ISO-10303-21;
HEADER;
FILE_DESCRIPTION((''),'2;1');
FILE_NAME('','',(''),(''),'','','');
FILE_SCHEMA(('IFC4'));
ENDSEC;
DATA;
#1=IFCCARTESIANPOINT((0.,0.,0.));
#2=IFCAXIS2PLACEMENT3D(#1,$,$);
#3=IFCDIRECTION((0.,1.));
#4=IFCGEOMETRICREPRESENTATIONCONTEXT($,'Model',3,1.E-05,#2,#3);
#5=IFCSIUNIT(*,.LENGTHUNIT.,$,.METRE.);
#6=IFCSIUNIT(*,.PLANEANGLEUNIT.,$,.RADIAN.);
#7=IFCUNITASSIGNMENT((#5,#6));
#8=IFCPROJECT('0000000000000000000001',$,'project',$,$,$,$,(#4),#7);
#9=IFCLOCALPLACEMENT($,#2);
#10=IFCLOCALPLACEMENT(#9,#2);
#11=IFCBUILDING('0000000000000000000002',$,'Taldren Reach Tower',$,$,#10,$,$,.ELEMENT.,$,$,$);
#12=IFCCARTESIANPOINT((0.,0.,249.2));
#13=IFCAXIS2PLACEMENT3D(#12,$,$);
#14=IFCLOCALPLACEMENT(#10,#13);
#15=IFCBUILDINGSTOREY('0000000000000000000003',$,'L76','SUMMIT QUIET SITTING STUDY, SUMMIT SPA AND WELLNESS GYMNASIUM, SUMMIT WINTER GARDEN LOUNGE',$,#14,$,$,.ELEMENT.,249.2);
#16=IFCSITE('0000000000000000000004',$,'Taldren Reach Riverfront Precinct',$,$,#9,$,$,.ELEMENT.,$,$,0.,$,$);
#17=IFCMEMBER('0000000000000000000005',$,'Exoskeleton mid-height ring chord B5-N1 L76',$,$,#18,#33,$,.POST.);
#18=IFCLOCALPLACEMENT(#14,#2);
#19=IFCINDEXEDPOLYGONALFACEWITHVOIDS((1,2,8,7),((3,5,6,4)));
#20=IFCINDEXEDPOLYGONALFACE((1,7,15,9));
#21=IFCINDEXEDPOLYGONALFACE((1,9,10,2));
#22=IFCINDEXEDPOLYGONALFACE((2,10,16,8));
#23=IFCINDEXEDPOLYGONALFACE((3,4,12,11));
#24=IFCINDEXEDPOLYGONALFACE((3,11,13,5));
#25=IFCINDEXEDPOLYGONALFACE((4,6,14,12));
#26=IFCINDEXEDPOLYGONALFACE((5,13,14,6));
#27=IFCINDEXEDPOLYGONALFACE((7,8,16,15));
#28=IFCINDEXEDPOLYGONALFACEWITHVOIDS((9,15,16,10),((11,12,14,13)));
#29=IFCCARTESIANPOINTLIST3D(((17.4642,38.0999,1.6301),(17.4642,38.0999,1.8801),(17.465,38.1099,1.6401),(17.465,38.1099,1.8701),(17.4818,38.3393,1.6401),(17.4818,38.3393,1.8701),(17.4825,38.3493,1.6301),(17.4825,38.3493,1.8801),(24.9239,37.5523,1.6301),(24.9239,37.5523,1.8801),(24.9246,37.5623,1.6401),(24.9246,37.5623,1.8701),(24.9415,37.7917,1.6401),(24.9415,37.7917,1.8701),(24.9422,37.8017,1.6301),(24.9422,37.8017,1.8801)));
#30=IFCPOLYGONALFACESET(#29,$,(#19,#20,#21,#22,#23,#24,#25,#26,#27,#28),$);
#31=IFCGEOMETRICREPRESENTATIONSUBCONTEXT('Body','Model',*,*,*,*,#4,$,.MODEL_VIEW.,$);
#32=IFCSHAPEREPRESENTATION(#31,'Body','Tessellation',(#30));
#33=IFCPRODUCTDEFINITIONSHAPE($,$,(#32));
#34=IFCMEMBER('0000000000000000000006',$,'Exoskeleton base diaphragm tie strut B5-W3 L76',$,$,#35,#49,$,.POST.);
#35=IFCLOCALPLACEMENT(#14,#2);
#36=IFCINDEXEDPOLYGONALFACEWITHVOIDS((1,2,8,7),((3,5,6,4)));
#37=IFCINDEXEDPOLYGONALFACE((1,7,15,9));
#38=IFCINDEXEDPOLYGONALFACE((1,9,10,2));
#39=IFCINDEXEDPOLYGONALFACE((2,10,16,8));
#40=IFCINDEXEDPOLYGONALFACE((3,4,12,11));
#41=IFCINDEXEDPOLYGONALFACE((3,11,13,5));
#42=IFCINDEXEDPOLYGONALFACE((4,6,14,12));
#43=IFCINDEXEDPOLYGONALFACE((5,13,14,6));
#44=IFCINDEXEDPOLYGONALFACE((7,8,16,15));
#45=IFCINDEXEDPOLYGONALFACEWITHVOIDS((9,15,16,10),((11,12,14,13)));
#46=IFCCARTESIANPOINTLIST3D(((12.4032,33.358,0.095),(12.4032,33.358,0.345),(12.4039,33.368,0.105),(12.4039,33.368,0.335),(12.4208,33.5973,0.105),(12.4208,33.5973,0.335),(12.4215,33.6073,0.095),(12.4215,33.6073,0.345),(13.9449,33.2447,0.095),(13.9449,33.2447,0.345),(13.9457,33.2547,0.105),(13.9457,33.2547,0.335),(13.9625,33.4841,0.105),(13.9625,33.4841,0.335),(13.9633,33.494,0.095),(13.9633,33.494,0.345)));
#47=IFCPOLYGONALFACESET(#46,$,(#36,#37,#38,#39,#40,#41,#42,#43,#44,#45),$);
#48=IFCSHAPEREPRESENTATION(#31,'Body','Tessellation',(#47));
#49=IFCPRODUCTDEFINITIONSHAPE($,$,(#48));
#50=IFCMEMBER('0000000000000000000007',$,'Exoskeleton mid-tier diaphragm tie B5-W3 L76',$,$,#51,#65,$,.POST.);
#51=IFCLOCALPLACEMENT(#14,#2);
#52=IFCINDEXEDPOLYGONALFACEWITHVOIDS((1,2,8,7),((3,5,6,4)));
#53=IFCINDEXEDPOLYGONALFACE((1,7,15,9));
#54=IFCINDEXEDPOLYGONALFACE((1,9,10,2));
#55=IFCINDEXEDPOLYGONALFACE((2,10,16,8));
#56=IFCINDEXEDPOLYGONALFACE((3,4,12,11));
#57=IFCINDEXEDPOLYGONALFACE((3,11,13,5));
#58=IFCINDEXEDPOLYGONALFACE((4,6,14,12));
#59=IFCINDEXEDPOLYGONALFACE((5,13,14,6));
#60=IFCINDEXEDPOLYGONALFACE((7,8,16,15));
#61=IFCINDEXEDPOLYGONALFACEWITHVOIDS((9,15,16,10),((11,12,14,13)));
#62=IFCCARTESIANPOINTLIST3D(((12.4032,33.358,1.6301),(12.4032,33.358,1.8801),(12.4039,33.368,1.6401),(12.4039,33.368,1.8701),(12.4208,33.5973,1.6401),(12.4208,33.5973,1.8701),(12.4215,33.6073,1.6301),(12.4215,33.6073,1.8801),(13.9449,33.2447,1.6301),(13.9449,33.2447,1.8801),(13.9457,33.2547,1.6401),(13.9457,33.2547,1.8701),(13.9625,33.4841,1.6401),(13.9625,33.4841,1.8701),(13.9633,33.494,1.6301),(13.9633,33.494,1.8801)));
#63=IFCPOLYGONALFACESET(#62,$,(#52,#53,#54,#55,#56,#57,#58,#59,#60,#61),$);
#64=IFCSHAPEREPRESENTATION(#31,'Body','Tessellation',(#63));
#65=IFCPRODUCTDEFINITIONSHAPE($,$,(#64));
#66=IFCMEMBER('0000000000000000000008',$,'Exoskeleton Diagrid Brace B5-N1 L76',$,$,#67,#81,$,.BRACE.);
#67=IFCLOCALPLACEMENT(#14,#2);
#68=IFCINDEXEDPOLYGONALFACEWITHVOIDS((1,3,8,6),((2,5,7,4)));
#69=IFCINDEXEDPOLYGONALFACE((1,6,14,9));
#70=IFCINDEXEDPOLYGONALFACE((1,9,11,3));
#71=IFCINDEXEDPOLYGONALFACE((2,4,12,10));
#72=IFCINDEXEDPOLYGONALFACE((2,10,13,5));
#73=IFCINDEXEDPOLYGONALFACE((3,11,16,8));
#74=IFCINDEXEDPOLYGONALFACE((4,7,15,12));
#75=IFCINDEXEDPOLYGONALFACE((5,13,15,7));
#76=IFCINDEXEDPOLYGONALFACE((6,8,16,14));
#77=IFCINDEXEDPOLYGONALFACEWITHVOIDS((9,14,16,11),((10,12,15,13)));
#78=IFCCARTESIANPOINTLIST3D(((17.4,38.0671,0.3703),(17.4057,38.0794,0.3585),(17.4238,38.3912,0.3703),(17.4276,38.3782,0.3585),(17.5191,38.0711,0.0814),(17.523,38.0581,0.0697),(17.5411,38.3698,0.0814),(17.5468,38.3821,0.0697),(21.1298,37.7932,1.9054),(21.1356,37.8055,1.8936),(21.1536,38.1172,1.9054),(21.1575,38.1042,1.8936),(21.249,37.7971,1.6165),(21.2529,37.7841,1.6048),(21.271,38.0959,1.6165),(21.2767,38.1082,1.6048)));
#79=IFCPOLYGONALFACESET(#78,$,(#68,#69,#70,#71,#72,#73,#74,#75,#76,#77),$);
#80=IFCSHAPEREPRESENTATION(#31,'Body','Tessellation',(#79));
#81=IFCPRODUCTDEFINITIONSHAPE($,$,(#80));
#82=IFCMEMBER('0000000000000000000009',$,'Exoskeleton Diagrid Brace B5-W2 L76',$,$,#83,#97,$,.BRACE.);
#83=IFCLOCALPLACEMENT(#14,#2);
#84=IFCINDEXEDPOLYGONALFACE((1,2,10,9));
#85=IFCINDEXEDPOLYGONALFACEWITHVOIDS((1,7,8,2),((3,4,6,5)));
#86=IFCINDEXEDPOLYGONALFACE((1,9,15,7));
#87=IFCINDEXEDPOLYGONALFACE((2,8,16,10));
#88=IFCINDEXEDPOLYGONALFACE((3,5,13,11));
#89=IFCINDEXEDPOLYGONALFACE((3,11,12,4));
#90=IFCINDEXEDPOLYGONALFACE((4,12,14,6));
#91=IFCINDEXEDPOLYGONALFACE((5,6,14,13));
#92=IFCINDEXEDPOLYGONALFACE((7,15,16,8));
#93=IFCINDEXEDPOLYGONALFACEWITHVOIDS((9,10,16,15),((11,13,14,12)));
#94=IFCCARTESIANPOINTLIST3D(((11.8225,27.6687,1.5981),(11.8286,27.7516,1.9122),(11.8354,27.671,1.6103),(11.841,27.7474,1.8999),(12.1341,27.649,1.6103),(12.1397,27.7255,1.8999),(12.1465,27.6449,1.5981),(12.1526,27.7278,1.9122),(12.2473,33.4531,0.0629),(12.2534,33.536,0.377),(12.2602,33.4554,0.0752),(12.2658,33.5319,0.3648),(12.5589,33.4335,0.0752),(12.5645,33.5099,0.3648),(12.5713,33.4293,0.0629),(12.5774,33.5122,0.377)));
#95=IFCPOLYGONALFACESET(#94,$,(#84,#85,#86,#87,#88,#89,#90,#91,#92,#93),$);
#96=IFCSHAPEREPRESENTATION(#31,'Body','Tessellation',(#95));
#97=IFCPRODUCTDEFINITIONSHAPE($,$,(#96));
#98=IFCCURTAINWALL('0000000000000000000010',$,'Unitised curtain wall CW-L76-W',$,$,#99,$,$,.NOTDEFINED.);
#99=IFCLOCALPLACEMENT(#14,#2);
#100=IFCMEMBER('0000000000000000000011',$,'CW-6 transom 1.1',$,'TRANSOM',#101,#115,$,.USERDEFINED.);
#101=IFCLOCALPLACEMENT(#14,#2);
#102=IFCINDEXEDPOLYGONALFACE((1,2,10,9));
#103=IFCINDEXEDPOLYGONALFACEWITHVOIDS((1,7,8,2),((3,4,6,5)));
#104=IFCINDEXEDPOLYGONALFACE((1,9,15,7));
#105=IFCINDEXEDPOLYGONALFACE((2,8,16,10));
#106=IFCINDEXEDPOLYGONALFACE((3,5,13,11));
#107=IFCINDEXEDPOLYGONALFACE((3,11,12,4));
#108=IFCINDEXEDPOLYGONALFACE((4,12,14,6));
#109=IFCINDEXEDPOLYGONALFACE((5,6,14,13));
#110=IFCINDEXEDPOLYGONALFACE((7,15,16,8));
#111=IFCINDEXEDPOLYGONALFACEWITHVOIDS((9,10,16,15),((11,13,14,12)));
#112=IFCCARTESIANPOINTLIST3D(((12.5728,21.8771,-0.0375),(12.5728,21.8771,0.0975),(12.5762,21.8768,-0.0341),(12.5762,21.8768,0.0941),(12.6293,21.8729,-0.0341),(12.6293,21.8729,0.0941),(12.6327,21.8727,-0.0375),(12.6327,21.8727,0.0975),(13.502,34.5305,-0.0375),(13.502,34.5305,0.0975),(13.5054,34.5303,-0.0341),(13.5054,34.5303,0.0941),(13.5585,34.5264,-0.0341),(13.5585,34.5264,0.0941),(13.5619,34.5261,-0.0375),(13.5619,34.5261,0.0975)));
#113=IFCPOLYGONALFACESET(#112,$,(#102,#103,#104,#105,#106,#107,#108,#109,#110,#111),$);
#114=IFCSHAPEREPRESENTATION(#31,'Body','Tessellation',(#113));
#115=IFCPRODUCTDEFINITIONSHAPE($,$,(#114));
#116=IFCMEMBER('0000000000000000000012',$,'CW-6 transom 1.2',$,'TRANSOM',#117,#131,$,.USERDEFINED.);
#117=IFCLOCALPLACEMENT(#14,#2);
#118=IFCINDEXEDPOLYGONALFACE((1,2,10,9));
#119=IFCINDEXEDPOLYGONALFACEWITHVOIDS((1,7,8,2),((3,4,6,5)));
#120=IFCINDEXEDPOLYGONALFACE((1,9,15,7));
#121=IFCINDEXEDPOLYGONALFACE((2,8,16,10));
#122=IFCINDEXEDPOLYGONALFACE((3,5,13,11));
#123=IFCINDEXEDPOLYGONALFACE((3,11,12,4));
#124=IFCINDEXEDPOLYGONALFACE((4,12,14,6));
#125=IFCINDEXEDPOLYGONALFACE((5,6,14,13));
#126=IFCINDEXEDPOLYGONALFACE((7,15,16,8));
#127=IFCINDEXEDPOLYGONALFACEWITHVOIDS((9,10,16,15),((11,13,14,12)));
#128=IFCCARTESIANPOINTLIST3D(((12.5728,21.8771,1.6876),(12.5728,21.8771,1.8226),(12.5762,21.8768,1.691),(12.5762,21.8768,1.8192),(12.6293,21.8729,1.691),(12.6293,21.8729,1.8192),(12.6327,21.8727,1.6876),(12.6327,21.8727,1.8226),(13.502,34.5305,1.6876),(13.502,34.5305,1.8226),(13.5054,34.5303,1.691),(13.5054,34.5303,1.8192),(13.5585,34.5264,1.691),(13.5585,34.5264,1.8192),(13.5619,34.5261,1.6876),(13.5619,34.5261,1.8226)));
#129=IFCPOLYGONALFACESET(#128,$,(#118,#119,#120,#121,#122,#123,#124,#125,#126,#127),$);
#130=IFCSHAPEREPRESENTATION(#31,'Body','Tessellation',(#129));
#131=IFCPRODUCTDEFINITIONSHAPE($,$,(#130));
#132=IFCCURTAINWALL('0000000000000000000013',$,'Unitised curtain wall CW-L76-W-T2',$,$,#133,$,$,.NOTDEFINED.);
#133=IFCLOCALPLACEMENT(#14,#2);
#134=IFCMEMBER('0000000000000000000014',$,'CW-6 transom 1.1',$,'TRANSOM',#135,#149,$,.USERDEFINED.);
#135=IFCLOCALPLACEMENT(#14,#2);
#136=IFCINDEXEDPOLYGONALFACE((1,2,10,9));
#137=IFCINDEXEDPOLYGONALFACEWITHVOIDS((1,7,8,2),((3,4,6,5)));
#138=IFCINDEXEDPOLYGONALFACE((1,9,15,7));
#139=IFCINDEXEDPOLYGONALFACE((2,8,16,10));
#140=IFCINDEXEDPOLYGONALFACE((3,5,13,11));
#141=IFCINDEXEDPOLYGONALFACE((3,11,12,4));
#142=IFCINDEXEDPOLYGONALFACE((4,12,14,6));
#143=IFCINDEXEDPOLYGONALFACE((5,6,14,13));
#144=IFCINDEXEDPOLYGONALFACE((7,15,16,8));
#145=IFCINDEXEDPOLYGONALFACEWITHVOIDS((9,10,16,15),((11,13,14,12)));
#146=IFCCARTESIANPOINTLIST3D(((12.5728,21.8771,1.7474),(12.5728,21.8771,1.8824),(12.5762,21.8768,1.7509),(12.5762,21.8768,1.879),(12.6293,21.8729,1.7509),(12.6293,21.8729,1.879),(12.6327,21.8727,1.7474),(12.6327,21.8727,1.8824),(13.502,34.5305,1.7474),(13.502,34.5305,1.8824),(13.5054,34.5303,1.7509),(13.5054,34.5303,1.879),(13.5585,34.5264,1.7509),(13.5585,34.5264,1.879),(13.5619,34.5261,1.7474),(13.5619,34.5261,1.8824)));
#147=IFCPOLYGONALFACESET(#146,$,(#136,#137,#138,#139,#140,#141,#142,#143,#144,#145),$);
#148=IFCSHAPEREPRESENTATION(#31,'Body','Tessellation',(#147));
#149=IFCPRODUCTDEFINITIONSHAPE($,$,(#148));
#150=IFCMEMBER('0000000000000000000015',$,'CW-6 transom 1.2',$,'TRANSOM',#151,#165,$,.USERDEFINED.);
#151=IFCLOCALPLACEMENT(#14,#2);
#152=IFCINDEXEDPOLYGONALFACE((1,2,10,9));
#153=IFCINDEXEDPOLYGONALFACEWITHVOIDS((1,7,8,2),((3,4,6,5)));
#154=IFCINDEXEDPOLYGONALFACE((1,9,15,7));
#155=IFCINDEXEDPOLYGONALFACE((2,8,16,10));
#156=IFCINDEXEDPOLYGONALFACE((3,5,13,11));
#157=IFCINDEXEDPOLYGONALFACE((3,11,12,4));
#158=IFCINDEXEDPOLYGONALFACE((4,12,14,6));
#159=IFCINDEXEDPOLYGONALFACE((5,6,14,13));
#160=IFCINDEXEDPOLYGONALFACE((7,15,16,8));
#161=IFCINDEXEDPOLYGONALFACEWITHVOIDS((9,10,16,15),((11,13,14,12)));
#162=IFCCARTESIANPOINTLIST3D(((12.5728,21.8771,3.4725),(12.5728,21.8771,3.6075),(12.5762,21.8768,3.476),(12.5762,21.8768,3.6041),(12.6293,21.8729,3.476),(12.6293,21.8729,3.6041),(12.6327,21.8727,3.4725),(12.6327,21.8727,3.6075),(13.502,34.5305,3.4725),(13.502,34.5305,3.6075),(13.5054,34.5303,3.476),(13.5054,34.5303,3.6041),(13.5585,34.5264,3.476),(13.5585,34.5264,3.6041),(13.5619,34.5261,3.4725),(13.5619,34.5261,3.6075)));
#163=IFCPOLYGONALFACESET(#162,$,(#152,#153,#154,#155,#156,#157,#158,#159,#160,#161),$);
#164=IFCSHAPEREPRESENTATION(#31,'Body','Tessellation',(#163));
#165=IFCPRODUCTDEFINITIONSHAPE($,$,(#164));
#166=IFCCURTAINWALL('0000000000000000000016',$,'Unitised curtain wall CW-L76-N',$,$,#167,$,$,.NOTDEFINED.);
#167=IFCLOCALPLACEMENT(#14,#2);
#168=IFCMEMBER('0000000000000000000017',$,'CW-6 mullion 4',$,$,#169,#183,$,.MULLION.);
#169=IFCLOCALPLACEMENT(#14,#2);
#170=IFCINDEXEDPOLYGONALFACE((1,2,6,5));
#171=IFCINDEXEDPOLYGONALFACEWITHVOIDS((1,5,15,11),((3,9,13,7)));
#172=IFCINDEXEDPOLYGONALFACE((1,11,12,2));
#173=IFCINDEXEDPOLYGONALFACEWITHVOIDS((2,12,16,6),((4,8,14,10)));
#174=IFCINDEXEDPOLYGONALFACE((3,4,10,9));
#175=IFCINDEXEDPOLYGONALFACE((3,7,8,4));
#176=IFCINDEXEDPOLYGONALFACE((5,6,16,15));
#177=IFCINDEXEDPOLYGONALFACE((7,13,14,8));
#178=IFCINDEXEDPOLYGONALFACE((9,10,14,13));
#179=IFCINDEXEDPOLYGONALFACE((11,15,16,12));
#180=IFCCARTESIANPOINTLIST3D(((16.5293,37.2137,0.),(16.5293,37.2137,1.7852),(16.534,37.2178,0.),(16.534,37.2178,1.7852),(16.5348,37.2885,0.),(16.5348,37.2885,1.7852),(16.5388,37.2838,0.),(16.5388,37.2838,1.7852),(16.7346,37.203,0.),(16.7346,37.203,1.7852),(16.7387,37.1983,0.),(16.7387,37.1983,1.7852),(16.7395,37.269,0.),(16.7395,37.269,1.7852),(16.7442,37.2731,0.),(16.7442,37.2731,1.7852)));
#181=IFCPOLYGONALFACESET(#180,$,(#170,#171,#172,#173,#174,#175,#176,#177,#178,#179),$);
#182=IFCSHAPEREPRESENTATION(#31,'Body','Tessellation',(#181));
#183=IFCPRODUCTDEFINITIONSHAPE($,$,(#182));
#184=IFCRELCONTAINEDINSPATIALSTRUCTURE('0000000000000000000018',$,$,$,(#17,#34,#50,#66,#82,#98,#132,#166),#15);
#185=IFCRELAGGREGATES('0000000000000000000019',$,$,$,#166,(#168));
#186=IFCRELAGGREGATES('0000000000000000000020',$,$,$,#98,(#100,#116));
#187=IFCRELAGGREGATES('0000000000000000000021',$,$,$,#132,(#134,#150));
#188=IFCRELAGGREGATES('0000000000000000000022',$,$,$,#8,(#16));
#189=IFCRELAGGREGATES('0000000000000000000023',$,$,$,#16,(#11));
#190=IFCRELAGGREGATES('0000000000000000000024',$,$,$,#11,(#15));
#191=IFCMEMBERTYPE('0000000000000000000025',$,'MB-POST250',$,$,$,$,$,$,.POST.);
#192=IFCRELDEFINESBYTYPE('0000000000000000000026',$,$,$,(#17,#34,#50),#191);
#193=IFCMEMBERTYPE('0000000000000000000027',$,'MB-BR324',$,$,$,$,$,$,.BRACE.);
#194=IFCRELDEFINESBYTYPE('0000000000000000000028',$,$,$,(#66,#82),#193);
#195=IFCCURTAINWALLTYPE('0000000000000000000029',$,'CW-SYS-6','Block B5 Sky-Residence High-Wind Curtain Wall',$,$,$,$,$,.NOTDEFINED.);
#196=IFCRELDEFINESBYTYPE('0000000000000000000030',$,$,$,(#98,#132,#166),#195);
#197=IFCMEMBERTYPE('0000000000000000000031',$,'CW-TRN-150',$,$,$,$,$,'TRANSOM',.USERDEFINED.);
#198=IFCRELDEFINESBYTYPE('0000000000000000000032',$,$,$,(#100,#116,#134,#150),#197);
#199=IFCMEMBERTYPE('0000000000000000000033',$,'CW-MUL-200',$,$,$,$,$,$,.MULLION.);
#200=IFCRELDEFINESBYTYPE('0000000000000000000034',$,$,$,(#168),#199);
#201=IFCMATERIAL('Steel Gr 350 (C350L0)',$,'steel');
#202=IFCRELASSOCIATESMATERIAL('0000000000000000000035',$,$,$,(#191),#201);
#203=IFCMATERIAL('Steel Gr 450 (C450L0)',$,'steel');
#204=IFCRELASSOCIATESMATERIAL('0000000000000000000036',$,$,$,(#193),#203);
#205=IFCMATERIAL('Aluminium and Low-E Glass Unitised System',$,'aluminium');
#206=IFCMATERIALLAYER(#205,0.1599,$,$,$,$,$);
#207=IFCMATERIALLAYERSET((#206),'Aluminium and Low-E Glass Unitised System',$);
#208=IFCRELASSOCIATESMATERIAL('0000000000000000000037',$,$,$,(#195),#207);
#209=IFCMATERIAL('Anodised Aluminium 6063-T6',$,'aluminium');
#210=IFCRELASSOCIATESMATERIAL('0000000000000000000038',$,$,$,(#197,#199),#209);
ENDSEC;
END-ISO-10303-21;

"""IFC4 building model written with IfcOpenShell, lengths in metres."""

from ifc_helpers import new_model, si_unit, direction, frame, origin, origin_2d, place, context, subcontext, project, spatial, hollow_rectangle, extrude, source, transform, mapped, material, layer, layer_set, material_profile, profile_set, type_object, element, aggregate, save


model = new_model("IFC4")

# Units and contexts
model_context = context("Model", 3, precision=1e-05, world=origin(), true_north=direction((0.0, 1.0)))
body_context = subcontext(model_context, "Body", "Model", "MODEL_VIEW")
ifc_project = project(units=[si_unit("LENGTHUNIT", "METRE"), si_unit("PLANEANGLEUNIT", "RADIAN")], contexts=[model_context])

# Site, building, storey
site_placement = place(None, origin())
site = spatial("IfcSite", under=ifc_project, at=site_placement, Name="Taldren Reach Riverfront Precinct", CompositionType="ELEMENT", RefElevation=0.0)
building_placement = place(site_placement, origin())
building = spatial("IfcBuilding", under=site, at=building_placement, Name="Taldren Reach Tower", CompositionType="ELEMENT")
storey_placement = place(building_placement, frame((0.0, 0.0, 249.2)))
storey = spatial("IfcBuildingStorey", under=building, at=storey_placement, Name="L76", Description="SUMMIT QUIET SITTING STUDY, SUMMIT SPA AND WELLNESS GYMNASIUM, SUMMIT WINTER GARDEN LOUNGE", CompositionType="ELEMENT", Elevation=249.2)

# Shared definitions
ifc_material_1 = material(Name="Steel Gr 350 (C350L0)", Category="steel")

# Shared definitions
ifc_material_profile_1 = material_profile(ifc_material_1, hollow_rectangle(XDim=0.25, YDim=0.25, WallThickness=0.01, at=origin_2d()), Name="250x250x10.0SHS")
ifc_profile_set_1 = profile_set([ifc_material_profile_1], Name="Steel Gr 350 (C350L0)")
member_type_1 = type_object("IfcMemberType", Name="MB-POST250", PredefinedType="POST", material=ifc_profile_set_1)
ifc_material_2 = material(Name="Steel Gr 450 (C450L0)", Category="steel")

# Members
shared_shape_1 = source(origin(), body_context, "Body", "SweptSolid", [
    extrude(hollow_rectangle(XDim=0.25, YDim=0.25, WallThickness=0.01, at=origin_2d()), origin(), (0.0, 0.0, 1.0), 7.4797),
])
member_1_placement = place(storey_placement, frame((17.4734, 38.2246, 1.7551), z_axis=(0.997316, -0.073212, 0.0), x_axis=(0.073212, 0.997316, 0.0)))
element("IfcMember", 1, at=member_1_placement, inside=storey, type_object=member_type_1, Name="Exoskeleton mid-height ring chord B5-N1 L76", PredefinedType="POST", context=body_context, shape_type="MappedRepresentation", body=[
    mapped(shared_shape_1, transform((0.0, 0.0, 0.0), scale=1.0)),
])
shared_shape_2 = source(origin(), body_context, "Body", "SweptSolid", [
    extrude(hollow_rectangle(XDim=0.25, YDim=0.25, WallThickness=0.01, at=origin_2d()), origin(), (0.0, 0.0, 1.0), 1.5459),
])
for number, where, z_axis, x_axis, name in (
    (2, (13.9541, 33.3694, 0.22), (-0.997312, 0.073278, 0.0), (-0.073278, -0.997312, 0.0), "Exoskeleton base diaphragm tie strut B5-W3 L76"),
    (3, (13.9541, 33.3694, 1.7551), (-0.997312, 0.073278, 0.0), (-0.073278, -0.997312, 0.0), "Exoskeleton mid-tier diaphragm tie B5-W3 L76"),
):
    element("IfcMember", number, at=place(storey_placement, frame(where, z_axis=z_axis, x_axis=x_axis)), inside=storey, type_object=member_type_1, Name=name, PredefinedType="POST", context=body_context, shape_type="MappedRepresentation", body=[
        mapped(shared_shape_2, transform((0.0, 0.0, 0.0), scale=1.0)),
    ])
ifc_material_profile_2 = material_profile(ifc_material_2, hollow_rectangle(XDim=0.325, YDim=0.325, WallThickness=0.0127, at=origin_2d()), Name="325x325x12.7SHS")
ifc_profile_set_2 = profile_set([ifc_material_profile_2], Name="Steel Gr 450 (C450L0)")
member_type_2 = type_object("IfcMemberType", Name="MB-BR324", PredefinedType="BRACE", material=ifc_profile_set_2)
shared_shape_3 = source(origin(), body_context, "Body", "SweptSolid", [
    extrude(hollow_rectangle(XDim=0.325, YDim=0.325, WallThickness=0.0127, at=origin_2d()), origin(), (0.0, 0.0, 1.0), 4.0427),
])
member_2_placement = place(storey_placement, frame((17.4734, 38.2246, 0.22), z_axis=(0.922616, -0.067756, 0.379723), x_axis=(0.073242, 0.997314, 0.0)))
element("IfcMember", 4, at=member_2_placement, inside=storey, type_object=member_type_2, Name="Exoskeleton Diagrid Brace B5-N1 L76", PredefinedType="BRACE", context=body_context, shape_type="MappedRepresentation", body=[
    mapped(shared_shape_3, transform((0.0, 0.0, 0.0), scale=1.0)),
])
shared_shape_4 = source(origin(), body_context, "Body", "SweptSolid", [
    extrude(hollow_rectangle(XDim=0.325, YDim=0.325, WallThickness=0.0127, at=origin_2d()), origin(), (0.0, 0.0, 1.0), 5.9998),
])
member_3_placement = place(storey_placement, frame((12.4124, 33.4827, 0.22), z_axis=(-0.070804, -0.964115, 0.255871), x_axis=(0.997314, -0.073242, 0.0)))
element("IfcMember", 5, at=member_3_placement, inside=storey, type_object=member_type_2, Name="Exoskeleton Diagrid Brace B5-W2 L76", PredefinedType="BRACE", context=body_context, shape_type="MappedRepresentation", body=[
    mapped(shared_shape_4, transform((0.0, 0.0, 0.0), scale=1.0)),
])

# Curtain walls, members
ifc_material_3 = material(Name="Aluminium and Low-E Glass Unitised System", Category="aluminium")
ifc_layer_1 = layer(ifc_material_3, 0.1599)
ifc_layer_set_1 = layer_set([ifc_layer_1], Name="Aluminium and Low-E Glass Unitised System")
curtain_wall_type = type_object("IfcCurtainWallType", Name="CW-SYS-6", Description="Block B5 Sky-Residence High-Wind Curtain Wall", PredefinedType="NOTDEFINED", material=ifc_layer_set_1)
curtain_wall_1_placement = place(storey_placement, origin())
curtain_wall_1 = element("IfcCurtainWall", 6, at=curtain_wall_1_placement, inside=storey, type_object=curtain_wall_type, Name="Unitised curtain wall CW-L76-W", PredefinedType="NOTDEFINED")
ifc_material_4 = material(Name="Anodised Aluminium 6063-T6", Category="aluminium")
ifc_material_profile_3 = material_profile(ifc_material_4, hollow_rectangle(XDim=0.0601, YDim=0.135, WallThickness=0.0034, at=origin_2d()), Name="ALU-135x60x3.5RHS")
ifc_profile_set_3 = profile_set([ifc_material_profile_3], Name="Anodised Aluminium 6063-T6")
member_type_3 = type_object("IfcMemberType", Name="CW-TRN-150", ElementType="TRANSOM", PredefinedType="USERDEFINED", material=ifc_profile_set_3)
shared_shape_5 = source(origin(), body_context, "Body", "SweptSolid", [
    extrude(hollow_rectangle(XDim=0.0601, YDim=0.135, WallThickness=0.0034, at=origin_2d()), origin(), (0.0, 0.0, 1.0), 12.6875),
])
member_4_placement = place(storey_placement, frame((13.532, 34.5283, 0.03), z_axis=(-0.073238, -0.997314, 0.0), x_axis=(0.997314, -0.073238, 0.0)))
member_4 = element("IfcMember", 7, at=member_4_placement, type_object=member_type_3, Name="CW-6 transom 1.1", ObjectType="TRANSOM", PredefinedType="USERDEFINED", context=body_context, shape_type="MappedRepresentation", body=[
    mapped(shared_shape_5, transform((0.0, 0.0, 0.0), scale=1.0)),
])
member_5_placement = place(storey_placement, frame((13.532, 34.5283, 1.7551), z_axis=(-0.073238, -0.997314, 0.0), x_axis=(0.997314, -0.073238, 0.0)))
member_5 = element("IfcMember", 8, at=member_5_placement, type_object=member_type_3, Name="CW-6 transom 1.2", ObjectType="TRANSOM", PredefinedType="USERDEFINED", context=body_context, shape_type="MappedRepresentation", body=[
    mapped(shared_shape_5, transform((0.0, 0.0, 0.0), scale=1.0)),
])
curtain_wall_2_placement = place(storey_placement, origin())
curtain_wall_2 = element("IfcCurtainWall", 9, at=curtain_wall_2_placement, inside=storey, type_object=curtain_wall_type, Name="Unitised curtain wall CW-L76-W-T2", PredefinedType="NOTDEFINED")
member_6_placement = place(storey_placement, frame((13.532, 34.5283, 1.8149), z_axis=(-0.073238, -0.997314, 0.0), x_axis=(0.997314, -0.073238, 0.0)))
member_6 = element("IfcMember", 10, at=member_6_placement, type_object=member_type_3, Name="CW-6 transom 1.1", ObjectType="TRANSOM", PredefinedType="USERDEFINED", context=body_context, shape_type="MappedRepresentation", body=[
    mapped(shared_shape_5, transform((0.0, 0.0, 0.0), scale=1.0)),
])
member_7_placement = place(storey_placement, frame((13.532, 34.5283, 3.54), z_axis=(-0.073238, -0.997314, 0.0), x_axis=(0.997314, -0.073238, 0.0)))
member_7 = element("IfcMember", 11, at=member_7_placement, type_object=member_type_3, Name="CW-6 transom 1.2", ObjectType="TRANSOM", PredefinedType="USERDEFINED", context=body_context, shape_type="MappedRepresentation", body=[
    mapped(shared_shape_5, transform((0.0, 0.0, 0.0), scale=1.0)),
])

# Curtain wall, member
curtain_wall_3_placement = place(storey_placement, origin())
curtain_wall_3 = element("IfcCurtainWall", 12, at=curtain_wall_3_placement, inside=storey, type_object=curtain_wall_type, Name="Unitised curtain wall CW-L76-N", PredefinedType="NOTDEFINED")
ifc_material_profile_4 = material_profile(ifc_material_4, hollow_rectangle(XDim=0.075, YDim=0.21, WallThickness=0.0044, at=origin_2d()), Name="ALU-210x75x4.5RHS")
ifc_profile_set_4 = profile_set([ifc_material_profile_4], Name="Anodised Aluminium 6063-T6")
member_type_4 = type_object("IfcMemberType", Name="CW-MUL-200", PredefinedType="MULLION", material=ifc_profile_set_4)
shared_shape_6 = source(origin(), body_context, "Body", "SweptSolid", [
    extrude(hollow_rectangle(XDim=0.075, YDim=0.21, WallThickness=0.0044, at=origin_2d()), origin(), (0.0, 0.0, 1.0), 1.7852),
])
member_8_placement = place(storey_placement, frame((16.6367, 37.2434, 0.0), z_axis=(0.0, 0.0, 1.0), x_axis=(-0.073238, -0.997314, 0.0)))
member_8 = element("IfcMember", 13, at=member_8_placement, type_object=member_type_4, Name="CW-6 mullion 4", PredefinedType="MULLION", context=body_context, shape_type="MappedRepresentation", body=[
    mapped(shared_shape_6, transform((0.0, 0.0, 0.0), scale=1.0)),
])
aggregate(curtain_wall_3, [member_8])

aggregate(curtain_wall_1, [member_4, member_5])

aggregate(curtain_wall_2, [member_6, member_7])

save(model, "model.ifc")
